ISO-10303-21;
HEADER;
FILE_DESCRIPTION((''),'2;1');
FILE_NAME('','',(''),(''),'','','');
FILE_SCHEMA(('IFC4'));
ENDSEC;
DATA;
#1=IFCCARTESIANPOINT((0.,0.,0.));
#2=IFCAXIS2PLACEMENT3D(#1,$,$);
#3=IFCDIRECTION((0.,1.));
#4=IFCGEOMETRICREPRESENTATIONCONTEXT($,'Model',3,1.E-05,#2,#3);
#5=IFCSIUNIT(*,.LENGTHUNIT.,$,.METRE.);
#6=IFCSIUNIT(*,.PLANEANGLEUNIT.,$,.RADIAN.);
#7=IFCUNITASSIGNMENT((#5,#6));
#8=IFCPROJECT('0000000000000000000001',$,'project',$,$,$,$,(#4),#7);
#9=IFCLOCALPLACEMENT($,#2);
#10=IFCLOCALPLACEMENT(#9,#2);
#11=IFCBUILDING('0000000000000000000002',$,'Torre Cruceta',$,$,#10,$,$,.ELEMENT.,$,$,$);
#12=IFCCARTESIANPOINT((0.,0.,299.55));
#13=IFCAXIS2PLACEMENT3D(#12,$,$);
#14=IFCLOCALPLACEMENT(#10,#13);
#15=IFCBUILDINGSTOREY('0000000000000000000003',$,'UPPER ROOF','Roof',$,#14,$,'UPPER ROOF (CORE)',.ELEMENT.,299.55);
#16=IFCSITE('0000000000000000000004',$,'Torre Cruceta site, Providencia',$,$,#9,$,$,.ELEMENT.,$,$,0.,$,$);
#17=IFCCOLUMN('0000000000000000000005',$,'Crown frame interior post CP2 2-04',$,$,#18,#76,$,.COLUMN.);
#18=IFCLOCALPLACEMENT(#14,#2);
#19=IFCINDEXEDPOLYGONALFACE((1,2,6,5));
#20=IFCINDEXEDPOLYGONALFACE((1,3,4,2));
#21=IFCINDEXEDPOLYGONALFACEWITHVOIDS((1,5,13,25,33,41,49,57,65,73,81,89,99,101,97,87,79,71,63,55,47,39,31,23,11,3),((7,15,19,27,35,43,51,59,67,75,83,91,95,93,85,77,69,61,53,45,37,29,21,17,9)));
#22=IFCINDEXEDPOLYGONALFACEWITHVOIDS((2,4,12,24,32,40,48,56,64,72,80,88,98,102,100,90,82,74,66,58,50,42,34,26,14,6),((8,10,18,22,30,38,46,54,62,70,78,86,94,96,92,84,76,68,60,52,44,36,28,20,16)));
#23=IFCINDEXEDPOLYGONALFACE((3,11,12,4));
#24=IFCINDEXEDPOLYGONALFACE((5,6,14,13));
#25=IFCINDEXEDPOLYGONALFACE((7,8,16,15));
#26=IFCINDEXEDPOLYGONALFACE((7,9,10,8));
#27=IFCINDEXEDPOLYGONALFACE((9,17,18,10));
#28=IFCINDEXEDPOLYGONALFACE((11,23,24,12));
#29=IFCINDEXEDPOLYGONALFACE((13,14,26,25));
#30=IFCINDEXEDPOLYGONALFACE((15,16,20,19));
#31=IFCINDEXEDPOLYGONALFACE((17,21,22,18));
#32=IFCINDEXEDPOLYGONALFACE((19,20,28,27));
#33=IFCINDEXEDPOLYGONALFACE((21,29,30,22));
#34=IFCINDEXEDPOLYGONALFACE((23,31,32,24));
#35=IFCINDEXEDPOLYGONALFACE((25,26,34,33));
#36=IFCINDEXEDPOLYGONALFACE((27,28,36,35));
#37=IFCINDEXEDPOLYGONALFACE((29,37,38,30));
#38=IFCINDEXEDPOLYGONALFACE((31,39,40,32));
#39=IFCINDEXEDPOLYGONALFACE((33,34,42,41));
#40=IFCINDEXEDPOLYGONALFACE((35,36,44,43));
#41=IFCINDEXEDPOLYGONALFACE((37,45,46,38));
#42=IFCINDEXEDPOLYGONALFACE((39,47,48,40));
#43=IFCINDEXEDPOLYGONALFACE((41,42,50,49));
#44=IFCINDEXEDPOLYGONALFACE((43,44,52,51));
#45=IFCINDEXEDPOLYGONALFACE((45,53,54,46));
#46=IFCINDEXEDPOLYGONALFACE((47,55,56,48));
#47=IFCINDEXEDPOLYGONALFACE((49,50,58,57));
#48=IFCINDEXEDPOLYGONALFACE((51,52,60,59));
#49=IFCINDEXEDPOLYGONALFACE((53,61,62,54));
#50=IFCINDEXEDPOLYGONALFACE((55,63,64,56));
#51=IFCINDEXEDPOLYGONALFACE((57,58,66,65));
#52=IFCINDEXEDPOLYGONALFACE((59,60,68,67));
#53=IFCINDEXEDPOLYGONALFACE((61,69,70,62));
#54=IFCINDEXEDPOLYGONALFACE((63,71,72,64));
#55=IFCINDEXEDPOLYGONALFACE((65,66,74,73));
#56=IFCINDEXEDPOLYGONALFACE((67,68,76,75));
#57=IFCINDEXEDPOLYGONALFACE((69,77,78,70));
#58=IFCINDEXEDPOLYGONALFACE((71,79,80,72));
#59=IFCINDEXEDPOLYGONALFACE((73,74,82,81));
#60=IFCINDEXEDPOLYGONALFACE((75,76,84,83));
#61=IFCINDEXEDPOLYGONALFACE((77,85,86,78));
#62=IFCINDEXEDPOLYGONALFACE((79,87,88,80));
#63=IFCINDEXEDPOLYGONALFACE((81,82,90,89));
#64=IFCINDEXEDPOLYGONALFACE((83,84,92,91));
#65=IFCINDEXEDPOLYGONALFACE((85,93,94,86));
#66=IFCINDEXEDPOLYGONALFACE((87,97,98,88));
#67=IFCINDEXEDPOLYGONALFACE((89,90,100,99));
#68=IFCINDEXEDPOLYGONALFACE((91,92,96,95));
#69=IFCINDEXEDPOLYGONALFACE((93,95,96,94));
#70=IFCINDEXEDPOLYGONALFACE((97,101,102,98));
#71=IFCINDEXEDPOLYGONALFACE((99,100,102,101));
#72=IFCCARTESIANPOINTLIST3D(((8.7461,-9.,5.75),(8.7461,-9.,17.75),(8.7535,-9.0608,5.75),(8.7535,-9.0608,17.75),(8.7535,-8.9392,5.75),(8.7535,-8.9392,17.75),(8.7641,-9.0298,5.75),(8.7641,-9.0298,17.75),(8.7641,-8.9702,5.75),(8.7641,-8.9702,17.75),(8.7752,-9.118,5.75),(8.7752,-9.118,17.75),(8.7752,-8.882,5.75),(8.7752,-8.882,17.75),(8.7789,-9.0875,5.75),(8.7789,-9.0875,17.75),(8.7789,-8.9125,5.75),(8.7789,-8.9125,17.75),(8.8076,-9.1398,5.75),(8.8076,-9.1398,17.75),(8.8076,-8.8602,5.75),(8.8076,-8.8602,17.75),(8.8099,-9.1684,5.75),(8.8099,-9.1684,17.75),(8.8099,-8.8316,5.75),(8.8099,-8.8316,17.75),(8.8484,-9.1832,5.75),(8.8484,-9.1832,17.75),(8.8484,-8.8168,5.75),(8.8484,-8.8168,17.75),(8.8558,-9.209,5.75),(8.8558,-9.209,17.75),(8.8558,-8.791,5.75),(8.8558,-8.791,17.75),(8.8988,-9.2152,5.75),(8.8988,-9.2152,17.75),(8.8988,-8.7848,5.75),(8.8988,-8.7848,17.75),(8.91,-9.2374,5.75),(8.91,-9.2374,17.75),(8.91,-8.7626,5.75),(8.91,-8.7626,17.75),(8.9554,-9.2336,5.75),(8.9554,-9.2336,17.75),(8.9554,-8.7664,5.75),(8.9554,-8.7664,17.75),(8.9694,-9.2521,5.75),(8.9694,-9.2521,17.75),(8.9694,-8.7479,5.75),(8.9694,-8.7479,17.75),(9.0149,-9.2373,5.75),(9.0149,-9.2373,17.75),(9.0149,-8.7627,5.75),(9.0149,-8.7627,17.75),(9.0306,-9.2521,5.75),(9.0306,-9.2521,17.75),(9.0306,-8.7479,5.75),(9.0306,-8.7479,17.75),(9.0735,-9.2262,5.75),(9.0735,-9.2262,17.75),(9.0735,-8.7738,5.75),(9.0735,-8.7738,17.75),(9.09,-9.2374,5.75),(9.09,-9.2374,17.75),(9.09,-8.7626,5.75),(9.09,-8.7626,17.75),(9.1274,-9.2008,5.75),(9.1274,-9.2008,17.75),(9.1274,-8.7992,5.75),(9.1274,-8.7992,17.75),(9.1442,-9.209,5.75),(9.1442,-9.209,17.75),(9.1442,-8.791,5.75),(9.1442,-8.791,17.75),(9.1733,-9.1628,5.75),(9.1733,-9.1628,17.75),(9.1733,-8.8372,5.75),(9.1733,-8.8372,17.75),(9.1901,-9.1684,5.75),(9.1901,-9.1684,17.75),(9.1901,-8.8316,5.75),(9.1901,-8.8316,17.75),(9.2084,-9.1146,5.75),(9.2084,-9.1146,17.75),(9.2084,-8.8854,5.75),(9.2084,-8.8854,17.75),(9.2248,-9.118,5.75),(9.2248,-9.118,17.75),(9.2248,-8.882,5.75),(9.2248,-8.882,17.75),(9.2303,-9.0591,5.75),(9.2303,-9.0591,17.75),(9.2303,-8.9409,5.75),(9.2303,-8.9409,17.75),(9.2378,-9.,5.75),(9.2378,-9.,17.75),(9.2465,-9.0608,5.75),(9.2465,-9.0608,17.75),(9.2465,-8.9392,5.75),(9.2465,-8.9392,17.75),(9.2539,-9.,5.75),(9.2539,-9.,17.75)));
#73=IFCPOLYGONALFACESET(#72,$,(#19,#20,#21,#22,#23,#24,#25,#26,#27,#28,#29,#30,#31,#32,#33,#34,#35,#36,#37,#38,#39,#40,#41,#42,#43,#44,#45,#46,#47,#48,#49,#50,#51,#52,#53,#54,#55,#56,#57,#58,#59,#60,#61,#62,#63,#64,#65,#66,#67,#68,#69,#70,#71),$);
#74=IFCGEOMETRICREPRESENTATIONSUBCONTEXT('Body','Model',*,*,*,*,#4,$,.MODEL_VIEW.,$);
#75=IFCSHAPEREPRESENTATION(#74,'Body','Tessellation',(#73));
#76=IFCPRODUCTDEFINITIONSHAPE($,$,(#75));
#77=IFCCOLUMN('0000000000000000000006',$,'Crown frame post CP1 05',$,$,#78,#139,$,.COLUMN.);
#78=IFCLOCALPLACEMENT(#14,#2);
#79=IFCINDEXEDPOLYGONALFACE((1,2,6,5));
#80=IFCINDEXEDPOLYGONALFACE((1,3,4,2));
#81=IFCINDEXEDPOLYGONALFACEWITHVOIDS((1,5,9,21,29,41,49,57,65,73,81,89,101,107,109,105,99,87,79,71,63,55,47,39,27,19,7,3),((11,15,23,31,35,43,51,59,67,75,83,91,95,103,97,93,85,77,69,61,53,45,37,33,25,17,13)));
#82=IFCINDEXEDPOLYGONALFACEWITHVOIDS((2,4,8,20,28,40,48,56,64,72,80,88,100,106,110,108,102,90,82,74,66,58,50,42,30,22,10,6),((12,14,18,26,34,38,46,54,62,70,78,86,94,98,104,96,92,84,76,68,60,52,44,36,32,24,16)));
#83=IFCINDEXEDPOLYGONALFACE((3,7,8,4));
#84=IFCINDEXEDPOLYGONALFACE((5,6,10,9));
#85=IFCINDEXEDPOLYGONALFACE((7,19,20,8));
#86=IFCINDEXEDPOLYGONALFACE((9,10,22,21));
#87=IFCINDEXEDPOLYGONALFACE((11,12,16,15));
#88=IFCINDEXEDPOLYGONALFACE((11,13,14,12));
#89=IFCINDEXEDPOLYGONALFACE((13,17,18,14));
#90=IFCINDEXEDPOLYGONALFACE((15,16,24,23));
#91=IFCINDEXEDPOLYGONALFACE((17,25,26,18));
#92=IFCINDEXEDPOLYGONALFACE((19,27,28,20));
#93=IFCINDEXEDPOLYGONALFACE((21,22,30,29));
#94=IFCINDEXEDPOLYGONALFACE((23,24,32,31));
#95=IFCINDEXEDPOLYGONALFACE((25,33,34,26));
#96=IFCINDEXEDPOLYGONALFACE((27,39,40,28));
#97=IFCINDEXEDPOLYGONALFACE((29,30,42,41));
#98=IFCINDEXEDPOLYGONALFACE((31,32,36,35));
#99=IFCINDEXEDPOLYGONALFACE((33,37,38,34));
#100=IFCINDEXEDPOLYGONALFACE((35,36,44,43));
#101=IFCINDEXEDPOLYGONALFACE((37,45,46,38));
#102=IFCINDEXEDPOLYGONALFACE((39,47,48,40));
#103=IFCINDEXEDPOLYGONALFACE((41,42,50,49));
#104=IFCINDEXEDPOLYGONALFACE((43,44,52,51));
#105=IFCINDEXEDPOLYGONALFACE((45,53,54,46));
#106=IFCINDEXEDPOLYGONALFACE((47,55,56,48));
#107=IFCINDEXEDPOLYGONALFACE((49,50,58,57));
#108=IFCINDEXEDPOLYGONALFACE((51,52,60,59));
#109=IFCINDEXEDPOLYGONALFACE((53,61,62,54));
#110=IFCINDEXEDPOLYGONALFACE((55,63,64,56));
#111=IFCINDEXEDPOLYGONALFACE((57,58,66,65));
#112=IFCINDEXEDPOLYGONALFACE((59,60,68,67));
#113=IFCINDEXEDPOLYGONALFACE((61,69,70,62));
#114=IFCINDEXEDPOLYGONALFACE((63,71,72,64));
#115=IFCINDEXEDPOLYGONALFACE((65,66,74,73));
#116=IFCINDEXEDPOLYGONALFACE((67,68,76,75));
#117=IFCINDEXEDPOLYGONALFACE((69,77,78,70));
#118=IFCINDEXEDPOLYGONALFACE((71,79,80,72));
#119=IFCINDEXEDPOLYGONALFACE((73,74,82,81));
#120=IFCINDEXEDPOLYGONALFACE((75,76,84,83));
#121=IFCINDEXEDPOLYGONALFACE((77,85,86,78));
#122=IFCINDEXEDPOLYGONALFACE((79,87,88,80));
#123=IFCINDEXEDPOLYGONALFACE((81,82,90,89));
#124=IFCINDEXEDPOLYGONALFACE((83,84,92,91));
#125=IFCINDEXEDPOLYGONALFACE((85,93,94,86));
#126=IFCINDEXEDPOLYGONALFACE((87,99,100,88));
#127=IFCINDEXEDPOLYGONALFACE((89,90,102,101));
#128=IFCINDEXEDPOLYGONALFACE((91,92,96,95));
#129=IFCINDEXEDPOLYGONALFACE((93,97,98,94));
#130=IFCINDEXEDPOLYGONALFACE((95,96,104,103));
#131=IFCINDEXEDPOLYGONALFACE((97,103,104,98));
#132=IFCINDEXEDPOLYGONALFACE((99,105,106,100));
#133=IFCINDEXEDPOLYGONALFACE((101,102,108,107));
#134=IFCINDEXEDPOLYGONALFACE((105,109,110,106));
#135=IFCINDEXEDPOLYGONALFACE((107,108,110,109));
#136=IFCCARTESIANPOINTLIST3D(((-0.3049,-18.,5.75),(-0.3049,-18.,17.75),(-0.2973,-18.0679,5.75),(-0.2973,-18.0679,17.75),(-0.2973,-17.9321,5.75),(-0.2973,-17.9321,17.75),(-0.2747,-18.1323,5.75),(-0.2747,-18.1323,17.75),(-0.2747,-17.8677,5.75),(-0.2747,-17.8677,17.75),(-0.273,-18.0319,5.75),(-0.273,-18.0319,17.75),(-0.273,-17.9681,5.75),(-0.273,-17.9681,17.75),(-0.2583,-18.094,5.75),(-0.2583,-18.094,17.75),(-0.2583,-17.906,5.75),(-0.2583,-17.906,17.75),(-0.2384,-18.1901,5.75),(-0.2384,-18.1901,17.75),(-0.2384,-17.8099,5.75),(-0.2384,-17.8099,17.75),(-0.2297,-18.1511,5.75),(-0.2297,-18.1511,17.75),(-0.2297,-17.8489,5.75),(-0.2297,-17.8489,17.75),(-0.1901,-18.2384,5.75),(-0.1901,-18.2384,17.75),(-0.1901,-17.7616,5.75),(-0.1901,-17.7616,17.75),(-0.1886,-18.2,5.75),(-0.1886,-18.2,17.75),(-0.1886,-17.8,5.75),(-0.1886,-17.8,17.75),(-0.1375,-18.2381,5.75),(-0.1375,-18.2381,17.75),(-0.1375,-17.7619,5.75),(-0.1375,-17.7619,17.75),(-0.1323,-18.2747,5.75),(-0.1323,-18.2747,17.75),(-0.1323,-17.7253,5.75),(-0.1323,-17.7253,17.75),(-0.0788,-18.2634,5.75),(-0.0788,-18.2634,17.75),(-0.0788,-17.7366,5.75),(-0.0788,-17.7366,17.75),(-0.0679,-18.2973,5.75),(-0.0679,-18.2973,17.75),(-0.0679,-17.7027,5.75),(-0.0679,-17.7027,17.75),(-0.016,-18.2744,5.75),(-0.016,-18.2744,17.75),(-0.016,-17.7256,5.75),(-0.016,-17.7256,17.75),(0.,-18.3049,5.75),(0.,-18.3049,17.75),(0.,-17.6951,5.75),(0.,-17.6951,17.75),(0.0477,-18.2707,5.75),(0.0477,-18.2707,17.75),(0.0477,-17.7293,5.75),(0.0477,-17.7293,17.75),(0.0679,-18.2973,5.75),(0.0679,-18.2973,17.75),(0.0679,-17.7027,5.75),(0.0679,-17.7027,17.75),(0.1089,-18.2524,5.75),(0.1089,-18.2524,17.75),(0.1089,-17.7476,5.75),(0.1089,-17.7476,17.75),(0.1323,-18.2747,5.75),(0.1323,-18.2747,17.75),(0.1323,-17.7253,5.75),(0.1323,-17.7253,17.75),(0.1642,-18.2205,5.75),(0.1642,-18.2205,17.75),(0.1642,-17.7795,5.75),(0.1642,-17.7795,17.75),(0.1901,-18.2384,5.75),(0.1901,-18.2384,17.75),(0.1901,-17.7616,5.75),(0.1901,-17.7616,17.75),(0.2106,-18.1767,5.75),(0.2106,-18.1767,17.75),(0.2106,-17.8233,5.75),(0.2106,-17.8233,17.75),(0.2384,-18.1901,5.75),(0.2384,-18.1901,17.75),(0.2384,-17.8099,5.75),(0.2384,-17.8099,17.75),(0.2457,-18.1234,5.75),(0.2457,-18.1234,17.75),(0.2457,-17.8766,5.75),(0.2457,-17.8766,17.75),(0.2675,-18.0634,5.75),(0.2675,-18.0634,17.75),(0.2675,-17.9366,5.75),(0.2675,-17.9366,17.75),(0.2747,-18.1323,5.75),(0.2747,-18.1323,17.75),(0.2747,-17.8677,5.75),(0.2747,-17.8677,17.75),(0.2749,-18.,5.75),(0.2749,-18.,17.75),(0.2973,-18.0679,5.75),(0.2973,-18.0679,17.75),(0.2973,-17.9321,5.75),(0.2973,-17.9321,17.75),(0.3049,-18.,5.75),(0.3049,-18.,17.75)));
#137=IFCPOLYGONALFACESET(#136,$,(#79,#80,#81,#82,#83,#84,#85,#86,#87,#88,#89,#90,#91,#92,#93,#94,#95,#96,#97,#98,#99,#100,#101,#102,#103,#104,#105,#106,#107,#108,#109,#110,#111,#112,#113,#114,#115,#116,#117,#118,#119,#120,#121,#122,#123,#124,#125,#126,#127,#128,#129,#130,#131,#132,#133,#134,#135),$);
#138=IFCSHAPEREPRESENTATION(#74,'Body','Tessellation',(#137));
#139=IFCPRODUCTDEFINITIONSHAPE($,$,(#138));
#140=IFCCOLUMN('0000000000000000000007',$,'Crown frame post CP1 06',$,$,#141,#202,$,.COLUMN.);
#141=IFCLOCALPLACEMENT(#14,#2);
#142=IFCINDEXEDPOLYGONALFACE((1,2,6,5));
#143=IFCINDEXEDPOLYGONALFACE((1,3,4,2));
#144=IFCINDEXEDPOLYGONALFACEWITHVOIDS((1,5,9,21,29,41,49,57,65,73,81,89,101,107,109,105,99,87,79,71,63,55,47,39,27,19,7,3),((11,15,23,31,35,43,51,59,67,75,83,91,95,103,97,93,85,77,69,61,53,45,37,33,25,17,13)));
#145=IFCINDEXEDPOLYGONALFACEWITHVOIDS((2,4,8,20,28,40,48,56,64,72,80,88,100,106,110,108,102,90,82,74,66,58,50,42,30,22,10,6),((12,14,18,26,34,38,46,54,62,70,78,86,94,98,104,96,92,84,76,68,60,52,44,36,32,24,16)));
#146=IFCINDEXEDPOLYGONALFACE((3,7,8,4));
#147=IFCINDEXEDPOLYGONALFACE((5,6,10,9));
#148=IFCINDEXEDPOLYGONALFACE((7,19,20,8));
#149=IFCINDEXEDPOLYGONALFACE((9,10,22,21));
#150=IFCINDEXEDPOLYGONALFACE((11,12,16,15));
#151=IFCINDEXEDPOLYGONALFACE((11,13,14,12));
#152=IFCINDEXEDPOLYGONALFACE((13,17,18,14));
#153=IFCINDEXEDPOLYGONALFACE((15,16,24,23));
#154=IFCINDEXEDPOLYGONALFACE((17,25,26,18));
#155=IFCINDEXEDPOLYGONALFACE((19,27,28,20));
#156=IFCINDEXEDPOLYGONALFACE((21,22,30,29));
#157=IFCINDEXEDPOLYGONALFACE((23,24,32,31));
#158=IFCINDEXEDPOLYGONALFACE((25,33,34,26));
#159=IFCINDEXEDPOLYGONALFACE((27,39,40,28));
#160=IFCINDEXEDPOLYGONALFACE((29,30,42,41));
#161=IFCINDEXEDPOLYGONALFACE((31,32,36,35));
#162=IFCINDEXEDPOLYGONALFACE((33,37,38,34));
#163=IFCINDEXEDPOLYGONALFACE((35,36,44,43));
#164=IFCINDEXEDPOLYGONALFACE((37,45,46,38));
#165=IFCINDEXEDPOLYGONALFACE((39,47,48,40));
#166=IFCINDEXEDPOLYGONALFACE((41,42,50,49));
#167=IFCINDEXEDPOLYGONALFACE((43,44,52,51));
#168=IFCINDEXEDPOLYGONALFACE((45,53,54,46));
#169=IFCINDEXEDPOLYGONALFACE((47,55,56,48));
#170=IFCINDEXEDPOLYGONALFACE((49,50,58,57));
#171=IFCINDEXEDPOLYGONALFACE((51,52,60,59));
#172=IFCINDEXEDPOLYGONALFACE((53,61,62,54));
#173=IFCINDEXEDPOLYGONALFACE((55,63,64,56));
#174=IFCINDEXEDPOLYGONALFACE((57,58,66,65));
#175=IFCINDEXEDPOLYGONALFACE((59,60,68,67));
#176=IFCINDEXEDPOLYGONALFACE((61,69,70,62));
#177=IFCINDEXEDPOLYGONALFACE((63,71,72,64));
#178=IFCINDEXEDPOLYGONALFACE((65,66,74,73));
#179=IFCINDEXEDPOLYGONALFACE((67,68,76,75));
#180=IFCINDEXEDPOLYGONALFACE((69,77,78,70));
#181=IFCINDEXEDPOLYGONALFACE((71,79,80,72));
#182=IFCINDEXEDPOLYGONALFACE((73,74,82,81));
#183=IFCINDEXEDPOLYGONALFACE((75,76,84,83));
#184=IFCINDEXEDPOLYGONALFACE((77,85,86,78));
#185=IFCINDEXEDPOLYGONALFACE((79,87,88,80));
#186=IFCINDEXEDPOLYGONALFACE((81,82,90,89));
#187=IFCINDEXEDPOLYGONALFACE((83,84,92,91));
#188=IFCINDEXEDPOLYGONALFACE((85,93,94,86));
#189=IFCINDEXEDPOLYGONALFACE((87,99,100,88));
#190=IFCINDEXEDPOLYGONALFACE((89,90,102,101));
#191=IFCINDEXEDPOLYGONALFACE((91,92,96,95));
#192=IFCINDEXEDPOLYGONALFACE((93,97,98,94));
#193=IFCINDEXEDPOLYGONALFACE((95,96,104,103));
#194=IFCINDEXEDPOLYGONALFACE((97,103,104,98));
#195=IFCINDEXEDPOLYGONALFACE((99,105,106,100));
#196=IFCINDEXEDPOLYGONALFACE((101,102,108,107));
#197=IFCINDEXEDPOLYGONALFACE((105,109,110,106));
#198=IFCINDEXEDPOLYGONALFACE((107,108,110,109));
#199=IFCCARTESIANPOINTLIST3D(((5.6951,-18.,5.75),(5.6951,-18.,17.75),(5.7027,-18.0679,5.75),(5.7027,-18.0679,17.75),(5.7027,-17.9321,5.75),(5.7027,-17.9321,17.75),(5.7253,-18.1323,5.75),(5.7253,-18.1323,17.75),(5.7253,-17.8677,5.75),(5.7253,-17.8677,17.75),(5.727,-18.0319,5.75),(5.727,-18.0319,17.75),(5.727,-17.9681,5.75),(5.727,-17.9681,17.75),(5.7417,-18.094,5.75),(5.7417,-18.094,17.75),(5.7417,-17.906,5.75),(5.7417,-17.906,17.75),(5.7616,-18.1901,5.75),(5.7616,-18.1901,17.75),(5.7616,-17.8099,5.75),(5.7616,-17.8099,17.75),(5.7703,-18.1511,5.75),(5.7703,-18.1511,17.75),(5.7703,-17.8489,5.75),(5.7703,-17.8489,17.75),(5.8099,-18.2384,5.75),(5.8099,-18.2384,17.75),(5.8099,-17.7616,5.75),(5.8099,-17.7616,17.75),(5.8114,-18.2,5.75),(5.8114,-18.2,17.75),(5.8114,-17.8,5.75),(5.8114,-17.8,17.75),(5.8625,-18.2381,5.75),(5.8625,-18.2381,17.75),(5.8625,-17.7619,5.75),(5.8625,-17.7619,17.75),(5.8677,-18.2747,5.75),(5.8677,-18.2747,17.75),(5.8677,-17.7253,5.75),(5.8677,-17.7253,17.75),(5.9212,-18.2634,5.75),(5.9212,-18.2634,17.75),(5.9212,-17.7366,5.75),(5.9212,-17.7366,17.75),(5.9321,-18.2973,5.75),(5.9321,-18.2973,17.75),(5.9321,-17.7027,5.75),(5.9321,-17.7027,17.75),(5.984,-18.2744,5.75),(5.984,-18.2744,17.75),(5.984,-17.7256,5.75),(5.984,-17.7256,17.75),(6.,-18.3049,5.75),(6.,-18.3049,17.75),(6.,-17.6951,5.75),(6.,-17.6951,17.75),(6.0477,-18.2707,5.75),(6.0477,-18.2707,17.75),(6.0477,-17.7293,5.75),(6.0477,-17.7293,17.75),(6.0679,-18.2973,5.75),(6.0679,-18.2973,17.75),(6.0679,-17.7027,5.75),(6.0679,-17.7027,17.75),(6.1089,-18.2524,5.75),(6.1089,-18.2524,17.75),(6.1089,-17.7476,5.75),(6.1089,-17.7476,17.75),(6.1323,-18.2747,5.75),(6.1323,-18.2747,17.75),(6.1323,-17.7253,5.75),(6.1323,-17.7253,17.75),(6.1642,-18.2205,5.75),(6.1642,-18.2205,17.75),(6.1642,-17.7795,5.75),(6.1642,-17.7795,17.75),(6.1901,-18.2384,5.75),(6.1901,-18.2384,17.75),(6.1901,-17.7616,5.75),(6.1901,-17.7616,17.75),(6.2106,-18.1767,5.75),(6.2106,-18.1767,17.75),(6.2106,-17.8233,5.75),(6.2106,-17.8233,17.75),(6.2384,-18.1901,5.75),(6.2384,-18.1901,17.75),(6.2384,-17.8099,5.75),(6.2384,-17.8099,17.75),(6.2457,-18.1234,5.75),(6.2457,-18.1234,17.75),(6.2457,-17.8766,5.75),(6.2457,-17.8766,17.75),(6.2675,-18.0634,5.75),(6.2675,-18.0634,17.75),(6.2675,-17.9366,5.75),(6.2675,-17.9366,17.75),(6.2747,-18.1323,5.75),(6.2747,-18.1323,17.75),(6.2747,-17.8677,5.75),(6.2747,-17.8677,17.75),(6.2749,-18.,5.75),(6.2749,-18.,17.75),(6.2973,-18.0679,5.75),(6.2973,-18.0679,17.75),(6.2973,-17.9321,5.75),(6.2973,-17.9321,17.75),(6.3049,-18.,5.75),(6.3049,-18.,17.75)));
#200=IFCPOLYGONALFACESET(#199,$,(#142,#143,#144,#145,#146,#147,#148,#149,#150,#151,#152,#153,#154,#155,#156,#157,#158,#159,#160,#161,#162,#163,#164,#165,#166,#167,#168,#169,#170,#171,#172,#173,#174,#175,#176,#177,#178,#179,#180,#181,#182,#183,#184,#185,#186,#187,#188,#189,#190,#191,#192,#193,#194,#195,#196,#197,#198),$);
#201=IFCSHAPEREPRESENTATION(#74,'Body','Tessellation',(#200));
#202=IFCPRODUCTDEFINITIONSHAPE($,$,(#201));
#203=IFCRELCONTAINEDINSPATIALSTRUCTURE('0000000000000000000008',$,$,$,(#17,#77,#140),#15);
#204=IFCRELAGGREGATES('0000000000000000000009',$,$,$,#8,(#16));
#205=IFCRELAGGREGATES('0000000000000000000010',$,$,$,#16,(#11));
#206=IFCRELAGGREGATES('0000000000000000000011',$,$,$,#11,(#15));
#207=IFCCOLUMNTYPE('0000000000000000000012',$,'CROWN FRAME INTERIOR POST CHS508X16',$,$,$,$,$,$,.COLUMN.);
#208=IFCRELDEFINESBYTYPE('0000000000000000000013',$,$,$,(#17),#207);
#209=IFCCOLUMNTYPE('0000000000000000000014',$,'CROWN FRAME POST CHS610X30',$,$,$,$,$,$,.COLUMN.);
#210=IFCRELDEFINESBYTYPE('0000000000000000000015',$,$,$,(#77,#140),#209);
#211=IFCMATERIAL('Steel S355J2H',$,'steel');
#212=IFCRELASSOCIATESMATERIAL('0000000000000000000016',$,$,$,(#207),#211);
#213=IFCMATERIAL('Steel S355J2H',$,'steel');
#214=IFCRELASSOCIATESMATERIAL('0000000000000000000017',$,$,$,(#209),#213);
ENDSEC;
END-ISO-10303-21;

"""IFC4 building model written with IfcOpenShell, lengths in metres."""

from ifc_helpers import new_model, si_unit, direction, frame, origin, origin_2d, place, context, subcontext, project, spatial, hollow_circle, extrude, material, material_profile, profile_set, type_object, element, save


model = new_model("IFC4")

# Units and contexts
model_context = context("Model", 3, precision=1e-05, world=origin(), true_north=direction((0.0, 1.0)))
body_context = subcontext(model_context, "Body", "Model", "MODEL_VIEW")
ifc_project = project(units=[si_unit("LENGTHUNIT", "METRE"), si_unit("PLANEANGLEUNIT", "RADIAN")], contexts=[model_context])

# Site, building, storey
site_placement = place(None, origin())
site = spatial("IfcSite", under=ifc_project, at=site_placement, Name="Torre Cruceta site, Providencia", CompositionType="ELEMENT", RefElevation=0.0)
building_placement = place(site_placement, origin())
building = spatial("IfcBuilding", under=site, at=building_placement, Name="Torre Cruceta", CompositionType="ELEMENT")
storey_placement = place(building_placement, frame((0.0, 0.0, 299.55)))
storey = spatial("IfcBuildingStorey", under=building, at=storey_placement, Name="UPPER ROOF", Description="Roof", LongName="UPPER ROOF (CORE)", CompositionType="ELEMENT", Elevation=299.55)

# Columns
ifc_material_1 = material(Name="Steel S355J2H", Category="steel")
ifc_material_profile_1 = material_profile(ifc_material_1, hollow_circle(Radius=0.2539, WallThickness=0.0161, at=origin_2d()), Name="CHS508X16")
ifc_profile_set_1 = profile_set([ifc_material_profile_1], Name="Steel S355J2H")
column_type_1 = type_object("IfcColumnType", Name="CROWN FRAME INTERIOR POST CHS508X16", PredefinedType="COLUMN", material=ifc_profile_set_1)
column_1_placement = place(storey_placement, frame((9.0, -9.0, 5.75), z_axis=(0.0, 0.0, 1.0), x_axis=(1.0, 0.0, 0.0)))
element("IfcColumn", 1, at=column_1_placement, inside=storey, type_object=column_type_1, Name="Crown frame interior post CP2 2-04", PredefinedType="COLUMN", context=body_context, shape_type="SweptSolid", body=[
    extrude(hollow_circle(Radius=0.2539, WallThickness=0.0161, at=origin_2d()), origin(), (0.0, 0.0, 1.0), 12.0),
])
ifc_material_2 = material(Name="Steel S355J2H", Category="steel")
ifc_material_profile_2 = material_profile(ifc_material_2, hollow_circle(Radius=0.3049, WallThickness=0.03, at=origin_2d()), Name="CHS610X30")
ifc_profile_set_2 = profile_set([ifc_material_profile_2], Name="Steel S355J2H")
column_type_2 = type_object("IfcColumnType", Name="CROWN FRAME POST CHS610X30", PredefinedType="COLUMN", material=ifc_profile_set_2)
for number, where, z_axis, x_axis, name in (
    (2, (0.0, -18.0, 5.75), (0.0, 0.0, 1.0), (1.0, 0.0, 0.0), "Crown frame post CP1 05"),
    (3, (6.0, -18.0, 5.75), (0.0, 0.0, 1.0), (1.0, 0.0, 0.0), "Crown frame post CP1 06"),
):
    element("IfcColumn", number, at=place(storey_placement, frame(where, z_axis=z_axis, x_axis=x_axis)), inside=storey, type_object=column_type_2, Name=name, PredefinedType="COLUMN", context=body_context, shape_type="SweptSolid", body=[
        extrude(hollow_circle(Radius=0.3049, WallThickness=0.03, at=origin_2d()), origin(), (0.0, 0.0, 1.0), 12.0),
    ])

save(model, "model.ifc")
